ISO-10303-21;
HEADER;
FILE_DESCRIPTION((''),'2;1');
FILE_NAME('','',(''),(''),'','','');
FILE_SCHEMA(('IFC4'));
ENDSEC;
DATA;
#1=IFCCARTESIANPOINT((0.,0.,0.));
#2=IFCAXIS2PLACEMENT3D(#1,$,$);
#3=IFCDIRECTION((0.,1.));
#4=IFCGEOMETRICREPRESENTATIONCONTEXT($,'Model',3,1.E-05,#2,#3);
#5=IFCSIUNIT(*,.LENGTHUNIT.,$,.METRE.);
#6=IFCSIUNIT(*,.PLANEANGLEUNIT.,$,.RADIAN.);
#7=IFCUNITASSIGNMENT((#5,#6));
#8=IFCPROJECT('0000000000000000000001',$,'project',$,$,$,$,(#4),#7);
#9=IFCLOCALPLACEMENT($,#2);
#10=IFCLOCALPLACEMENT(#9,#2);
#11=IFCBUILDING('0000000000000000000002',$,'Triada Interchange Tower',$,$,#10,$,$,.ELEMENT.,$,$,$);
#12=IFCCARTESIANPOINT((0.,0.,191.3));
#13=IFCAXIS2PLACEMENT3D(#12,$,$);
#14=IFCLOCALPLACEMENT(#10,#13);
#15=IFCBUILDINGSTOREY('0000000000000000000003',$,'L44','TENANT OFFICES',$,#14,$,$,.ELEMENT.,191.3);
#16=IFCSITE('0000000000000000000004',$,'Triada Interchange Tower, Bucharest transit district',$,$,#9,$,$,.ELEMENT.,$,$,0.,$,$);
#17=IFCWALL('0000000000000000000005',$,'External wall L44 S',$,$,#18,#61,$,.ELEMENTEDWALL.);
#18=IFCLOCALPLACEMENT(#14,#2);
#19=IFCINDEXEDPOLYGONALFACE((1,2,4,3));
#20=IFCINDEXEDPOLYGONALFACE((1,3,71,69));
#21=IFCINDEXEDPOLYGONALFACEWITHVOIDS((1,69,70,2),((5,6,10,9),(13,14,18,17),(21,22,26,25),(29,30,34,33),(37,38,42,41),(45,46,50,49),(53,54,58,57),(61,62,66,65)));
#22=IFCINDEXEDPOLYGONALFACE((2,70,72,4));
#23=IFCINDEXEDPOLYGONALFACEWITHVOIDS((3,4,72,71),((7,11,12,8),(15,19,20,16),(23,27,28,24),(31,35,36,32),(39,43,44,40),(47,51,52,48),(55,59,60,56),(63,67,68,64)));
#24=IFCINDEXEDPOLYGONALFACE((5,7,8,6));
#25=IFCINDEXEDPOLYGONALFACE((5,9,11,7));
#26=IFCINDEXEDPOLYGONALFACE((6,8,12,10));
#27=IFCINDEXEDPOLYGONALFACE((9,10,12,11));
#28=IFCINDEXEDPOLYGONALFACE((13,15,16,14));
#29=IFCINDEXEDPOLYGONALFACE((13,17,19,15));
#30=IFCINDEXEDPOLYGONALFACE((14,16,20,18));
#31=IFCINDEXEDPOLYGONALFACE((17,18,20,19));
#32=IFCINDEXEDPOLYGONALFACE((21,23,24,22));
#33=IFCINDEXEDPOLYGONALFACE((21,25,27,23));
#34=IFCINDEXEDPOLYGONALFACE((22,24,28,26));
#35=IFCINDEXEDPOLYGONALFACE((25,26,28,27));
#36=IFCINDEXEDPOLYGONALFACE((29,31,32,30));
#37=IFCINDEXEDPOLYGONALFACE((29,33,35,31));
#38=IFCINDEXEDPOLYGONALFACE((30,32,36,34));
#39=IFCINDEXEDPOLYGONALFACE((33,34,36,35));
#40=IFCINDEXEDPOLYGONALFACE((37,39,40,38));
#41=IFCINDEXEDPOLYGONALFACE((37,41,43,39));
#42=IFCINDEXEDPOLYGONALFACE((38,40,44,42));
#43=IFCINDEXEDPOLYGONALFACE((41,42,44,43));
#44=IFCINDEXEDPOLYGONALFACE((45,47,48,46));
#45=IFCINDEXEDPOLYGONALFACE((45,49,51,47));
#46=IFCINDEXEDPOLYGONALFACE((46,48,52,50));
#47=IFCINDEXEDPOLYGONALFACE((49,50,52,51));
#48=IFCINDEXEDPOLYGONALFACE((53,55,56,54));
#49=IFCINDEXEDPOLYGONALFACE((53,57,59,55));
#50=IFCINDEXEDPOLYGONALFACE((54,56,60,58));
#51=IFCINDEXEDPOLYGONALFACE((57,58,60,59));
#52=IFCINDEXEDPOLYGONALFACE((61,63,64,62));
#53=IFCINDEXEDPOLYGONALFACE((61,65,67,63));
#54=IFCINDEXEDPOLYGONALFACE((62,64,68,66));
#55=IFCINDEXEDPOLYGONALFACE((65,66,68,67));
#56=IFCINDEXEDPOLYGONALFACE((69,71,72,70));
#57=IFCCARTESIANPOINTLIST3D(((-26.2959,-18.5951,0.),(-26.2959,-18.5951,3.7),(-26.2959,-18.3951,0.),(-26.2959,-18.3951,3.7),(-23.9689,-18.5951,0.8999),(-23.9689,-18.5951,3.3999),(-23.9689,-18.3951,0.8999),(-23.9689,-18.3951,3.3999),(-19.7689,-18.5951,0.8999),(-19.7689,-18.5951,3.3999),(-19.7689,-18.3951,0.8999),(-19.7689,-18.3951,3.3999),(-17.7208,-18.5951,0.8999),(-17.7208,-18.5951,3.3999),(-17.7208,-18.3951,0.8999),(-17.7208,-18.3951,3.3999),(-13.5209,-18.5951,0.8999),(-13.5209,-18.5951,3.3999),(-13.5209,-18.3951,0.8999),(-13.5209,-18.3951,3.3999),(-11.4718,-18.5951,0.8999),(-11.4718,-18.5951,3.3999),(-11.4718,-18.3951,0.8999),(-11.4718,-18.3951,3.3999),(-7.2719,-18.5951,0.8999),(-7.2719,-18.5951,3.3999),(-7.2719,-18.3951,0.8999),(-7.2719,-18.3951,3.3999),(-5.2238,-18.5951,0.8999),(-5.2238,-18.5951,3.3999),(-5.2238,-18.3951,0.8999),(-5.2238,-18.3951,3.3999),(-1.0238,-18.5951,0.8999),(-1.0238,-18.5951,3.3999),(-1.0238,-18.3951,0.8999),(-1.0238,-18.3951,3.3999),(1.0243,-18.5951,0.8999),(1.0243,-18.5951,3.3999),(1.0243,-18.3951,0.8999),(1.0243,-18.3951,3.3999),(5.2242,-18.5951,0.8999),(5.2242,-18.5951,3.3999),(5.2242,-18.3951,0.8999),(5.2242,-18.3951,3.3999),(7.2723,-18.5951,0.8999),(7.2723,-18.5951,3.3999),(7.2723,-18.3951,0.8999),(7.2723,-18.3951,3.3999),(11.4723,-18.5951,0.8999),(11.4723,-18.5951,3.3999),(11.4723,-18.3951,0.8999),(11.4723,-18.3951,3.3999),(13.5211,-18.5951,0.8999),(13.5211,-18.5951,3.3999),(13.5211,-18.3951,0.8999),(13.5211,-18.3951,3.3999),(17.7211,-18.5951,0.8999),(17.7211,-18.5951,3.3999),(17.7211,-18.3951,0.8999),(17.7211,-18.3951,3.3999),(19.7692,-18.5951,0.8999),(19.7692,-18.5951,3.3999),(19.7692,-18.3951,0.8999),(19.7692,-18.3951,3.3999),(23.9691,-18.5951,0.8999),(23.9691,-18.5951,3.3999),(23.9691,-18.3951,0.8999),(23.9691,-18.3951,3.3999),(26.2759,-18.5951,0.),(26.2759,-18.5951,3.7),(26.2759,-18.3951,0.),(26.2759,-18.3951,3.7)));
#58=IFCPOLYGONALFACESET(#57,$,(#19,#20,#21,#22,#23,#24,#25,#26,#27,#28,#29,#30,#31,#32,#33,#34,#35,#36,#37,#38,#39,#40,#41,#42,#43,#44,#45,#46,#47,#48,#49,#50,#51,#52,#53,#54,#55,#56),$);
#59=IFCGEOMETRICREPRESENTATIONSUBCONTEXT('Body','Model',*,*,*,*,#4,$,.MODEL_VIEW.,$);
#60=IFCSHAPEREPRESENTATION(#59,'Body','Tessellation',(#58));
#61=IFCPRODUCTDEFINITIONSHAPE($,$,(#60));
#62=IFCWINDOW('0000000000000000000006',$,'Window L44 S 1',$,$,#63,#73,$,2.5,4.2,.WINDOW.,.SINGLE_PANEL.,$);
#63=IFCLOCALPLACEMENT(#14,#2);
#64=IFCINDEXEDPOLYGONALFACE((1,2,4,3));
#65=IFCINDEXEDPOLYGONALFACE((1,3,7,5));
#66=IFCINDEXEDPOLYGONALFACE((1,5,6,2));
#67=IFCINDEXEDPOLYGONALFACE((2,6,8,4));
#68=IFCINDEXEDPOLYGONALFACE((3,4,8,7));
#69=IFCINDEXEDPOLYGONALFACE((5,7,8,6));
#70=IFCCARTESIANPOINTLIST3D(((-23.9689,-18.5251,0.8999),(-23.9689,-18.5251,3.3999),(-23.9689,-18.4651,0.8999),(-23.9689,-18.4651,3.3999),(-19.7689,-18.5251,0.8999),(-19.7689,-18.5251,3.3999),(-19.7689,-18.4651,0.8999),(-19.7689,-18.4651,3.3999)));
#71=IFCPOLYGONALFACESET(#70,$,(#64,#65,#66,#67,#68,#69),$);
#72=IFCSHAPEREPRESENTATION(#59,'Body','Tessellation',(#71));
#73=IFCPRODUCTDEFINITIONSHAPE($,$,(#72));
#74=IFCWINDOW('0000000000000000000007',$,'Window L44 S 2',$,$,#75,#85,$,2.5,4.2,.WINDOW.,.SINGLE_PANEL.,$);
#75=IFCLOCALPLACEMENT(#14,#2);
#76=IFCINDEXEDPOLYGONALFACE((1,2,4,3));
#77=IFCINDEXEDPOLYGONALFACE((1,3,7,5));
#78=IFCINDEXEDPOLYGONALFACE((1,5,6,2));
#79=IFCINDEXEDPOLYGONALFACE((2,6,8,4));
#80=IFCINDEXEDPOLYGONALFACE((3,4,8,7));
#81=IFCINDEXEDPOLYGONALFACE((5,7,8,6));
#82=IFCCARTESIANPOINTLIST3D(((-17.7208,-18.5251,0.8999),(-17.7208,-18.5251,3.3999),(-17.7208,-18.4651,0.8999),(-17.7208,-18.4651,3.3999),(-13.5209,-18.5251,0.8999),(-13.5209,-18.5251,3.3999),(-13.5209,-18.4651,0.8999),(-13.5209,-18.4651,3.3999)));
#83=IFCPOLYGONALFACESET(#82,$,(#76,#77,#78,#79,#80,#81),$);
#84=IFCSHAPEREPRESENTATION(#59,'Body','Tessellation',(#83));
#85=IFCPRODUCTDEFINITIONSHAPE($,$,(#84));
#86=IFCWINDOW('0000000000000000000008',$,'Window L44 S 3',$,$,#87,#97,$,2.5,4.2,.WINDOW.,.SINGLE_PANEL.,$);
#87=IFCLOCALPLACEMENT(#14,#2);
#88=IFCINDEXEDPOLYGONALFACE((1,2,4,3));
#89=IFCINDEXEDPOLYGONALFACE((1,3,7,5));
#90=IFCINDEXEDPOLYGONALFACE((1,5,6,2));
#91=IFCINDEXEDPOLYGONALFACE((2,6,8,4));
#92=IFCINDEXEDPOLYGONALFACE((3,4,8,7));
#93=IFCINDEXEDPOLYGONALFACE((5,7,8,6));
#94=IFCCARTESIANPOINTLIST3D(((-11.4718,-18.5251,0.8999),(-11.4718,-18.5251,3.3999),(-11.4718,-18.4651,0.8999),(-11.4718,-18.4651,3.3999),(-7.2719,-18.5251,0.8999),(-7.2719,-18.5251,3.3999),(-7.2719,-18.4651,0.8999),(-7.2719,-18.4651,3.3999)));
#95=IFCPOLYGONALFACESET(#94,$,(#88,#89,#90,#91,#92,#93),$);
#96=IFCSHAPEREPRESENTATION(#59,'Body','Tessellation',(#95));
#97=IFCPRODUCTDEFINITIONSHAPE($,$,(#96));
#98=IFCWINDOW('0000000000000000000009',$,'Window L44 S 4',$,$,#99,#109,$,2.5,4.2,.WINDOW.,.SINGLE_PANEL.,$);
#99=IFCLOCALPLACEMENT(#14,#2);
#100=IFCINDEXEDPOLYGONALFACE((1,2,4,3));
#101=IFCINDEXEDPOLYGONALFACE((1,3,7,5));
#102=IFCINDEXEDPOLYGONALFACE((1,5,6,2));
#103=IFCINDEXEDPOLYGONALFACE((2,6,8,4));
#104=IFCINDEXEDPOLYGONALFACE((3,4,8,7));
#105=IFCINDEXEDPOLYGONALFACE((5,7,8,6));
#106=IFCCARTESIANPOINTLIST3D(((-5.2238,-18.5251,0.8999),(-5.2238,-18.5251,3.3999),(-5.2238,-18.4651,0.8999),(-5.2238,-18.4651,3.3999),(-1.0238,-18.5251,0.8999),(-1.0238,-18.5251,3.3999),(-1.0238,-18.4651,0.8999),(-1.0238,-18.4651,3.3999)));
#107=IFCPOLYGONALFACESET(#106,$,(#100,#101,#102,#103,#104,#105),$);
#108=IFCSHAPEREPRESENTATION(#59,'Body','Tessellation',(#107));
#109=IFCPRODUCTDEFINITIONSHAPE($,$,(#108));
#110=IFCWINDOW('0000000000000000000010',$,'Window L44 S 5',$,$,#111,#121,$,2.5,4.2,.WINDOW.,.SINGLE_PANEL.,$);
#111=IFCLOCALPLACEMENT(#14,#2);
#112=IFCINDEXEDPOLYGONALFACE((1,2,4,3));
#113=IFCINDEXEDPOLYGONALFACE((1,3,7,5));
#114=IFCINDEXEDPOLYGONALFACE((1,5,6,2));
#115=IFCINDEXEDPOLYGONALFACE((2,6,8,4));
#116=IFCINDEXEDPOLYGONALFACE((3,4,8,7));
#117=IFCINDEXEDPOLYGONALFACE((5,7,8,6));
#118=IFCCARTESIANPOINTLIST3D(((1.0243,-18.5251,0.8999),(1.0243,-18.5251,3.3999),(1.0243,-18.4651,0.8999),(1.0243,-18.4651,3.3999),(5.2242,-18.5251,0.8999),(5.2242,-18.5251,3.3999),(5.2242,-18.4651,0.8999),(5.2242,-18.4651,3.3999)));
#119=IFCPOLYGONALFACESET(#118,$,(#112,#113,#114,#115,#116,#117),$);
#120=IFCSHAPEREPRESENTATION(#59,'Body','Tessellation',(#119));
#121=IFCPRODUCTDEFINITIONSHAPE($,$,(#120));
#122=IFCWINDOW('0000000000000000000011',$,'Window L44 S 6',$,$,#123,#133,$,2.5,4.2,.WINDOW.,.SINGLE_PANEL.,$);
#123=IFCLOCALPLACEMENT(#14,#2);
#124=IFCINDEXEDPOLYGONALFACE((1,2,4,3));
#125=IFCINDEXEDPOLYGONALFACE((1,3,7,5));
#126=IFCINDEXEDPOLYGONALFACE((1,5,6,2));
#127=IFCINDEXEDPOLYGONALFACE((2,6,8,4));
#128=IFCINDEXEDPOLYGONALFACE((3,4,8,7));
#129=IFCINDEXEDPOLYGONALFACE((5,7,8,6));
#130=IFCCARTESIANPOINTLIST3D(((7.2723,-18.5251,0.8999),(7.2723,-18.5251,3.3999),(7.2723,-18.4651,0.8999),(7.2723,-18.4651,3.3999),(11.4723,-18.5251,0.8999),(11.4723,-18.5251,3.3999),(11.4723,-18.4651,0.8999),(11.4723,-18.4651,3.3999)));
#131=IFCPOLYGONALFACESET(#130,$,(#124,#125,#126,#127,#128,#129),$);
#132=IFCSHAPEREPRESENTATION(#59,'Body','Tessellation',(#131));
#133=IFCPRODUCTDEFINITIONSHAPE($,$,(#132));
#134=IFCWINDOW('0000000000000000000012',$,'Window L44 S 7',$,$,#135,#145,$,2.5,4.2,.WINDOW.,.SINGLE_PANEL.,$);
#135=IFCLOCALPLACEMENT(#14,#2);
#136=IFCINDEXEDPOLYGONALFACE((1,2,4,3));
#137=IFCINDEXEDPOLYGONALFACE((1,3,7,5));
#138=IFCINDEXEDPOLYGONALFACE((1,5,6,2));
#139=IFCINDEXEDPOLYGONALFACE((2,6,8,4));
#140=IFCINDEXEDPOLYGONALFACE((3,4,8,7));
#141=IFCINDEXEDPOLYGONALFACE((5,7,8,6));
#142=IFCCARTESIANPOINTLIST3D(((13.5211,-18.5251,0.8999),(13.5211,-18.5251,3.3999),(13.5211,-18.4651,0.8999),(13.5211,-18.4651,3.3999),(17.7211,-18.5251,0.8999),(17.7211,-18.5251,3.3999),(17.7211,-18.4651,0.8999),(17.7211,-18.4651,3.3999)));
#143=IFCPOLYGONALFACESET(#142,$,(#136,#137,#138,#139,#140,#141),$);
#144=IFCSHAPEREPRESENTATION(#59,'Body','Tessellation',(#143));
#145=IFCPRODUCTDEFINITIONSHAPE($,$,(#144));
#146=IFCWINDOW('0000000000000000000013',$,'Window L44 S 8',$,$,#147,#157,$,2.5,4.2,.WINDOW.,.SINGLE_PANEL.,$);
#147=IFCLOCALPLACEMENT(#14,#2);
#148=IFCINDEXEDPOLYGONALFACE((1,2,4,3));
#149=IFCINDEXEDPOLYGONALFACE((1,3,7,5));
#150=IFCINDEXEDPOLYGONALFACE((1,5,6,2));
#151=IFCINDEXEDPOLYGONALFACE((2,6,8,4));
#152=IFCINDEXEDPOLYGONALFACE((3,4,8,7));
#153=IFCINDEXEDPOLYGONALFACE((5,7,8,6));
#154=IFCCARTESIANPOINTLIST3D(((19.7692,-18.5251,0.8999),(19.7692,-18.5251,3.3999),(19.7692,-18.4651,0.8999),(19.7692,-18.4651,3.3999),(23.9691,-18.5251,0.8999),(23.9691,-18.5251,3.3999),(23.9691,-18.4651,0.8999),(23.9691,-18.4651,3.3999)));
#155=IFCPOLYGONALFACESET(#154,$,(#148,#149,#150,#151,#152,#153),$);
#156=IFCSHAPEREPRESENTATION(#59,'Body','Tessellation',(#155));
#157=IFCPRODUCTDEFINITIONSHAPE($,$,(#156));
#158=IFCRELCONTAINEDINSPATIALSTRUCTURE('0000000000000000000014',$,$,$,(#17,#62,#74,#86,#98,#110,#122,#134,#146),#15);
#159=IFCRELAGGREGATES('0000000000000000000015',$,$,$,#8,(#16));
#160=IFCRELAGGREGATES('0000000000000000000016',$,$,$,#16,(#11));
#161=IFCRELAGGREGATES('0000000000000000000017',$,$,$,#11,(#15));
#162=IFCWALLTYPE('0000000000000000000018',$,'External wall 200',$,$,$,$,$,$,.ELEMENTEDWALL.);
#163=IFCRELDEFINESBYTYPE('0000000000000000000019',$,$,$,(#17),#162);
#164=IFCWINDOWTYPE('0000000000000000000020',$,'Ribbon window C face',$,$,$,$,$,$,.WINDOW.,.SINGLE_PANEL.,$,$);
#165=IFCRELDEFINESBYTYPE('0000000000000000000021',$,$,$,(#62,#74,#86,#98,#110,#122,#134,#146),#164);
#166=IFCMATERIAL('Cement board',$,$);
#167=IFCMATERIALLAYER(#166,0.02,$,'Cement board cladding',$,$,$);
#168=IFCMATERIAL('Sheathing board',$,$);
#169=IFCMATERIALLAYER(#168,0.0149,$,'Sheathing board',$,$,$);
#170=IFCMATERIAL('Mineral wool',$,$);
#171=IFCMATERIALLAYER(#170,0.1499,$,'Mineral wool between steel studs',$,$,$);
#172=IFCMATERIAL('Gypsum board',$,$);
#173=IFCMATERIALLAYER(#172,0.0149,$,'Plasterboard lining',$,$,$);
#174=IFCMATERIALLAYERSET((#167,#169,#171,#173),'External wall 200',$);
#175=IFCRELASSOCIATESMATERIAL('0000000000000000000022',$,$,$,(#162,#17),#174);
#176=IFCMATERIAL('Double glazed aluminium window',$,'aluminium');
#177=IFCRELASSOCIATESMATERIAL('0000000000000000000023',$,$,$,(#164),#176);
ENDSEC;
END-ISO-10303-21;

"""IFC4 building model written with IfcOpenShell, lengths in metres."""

from ifc_helpers import new_model, si_unit, direction, frame, frame_2d, origin, place, context, subcontext, project, spatial, rectangle, extrude, material, layer, layer_set, layer_usage, type_object, element, fill, save


model = new_model("IFC4")

# Units and contexts
model_context = context("Model", 3, precision=1e-05, world=origin(), true_north=direction((0.0, 1.0)))
body_context = subcontext(model_context, "Body", "Model", "MODEL_VIEW")
ifc_project = project(units=[si_unit("LENGTHUNIT", "METRE"), si_unit("PLANEANGLEUNIT", "RADIAN")], contexts=[model_context])

# Site, building, storey
site_placement = place(None, origin())
site = spatial("IfcSite", under=ifc_project, at=site_placement, Name="Triada Interchange Tower, Bucharest transit district", CompositionType="ELEMENT", RefElevation=0.0)
building_placement = place(site_placement, origin())
building = spatial("IfcBuilding", under=site, at=building_placement, Name="Triada Interchange Tower", CompositionType="ELEMENT")
storey_placement = place(building_placement, frame((0.0, 0.0, 191.3)))
storey = spatial("IfcBuildingStorey", under=building, at=storey_placement, Name="L44", Description="TENANT OFFICES", CompositionType="ELEMENT", Elevation=191.3)

# Shared definitions
ifc_material_1 = material(Name="Cement board")
ifc_layer_1 = layer(ifc_material_1, 0.02, Name="Cement board cladding")
ifc_material_2 = material(Name="Sheathing board")
ifc_layer_2 = layer(ifc_material_2, 0.0149, Name="Sheathing board")
ifc_material_3 = material(Name="Mineral wool")
ifc_layer_3 = layer(ifc_material_3, 0.1499, Name="Mineral wool between steel studs")
ifc_material_4 = material(Name="Gypsum board")
ifc_layer_4 = layer(ifc_material_4, 0.0149, Name="Plasterboard lining")
ifc_layer_set_1 = layer_set([ifc_layer_1, ifc_layer_2, ifc_layer_3, ifc_layer_4], Name="External wall 200")
ifc_layer_usage = layer_usage(ifc_layer_set_1, "AXIS2", "POSITIVE", -0.1001)
wall_type_1 = type_object("IfcWallType", Name="External wall 200", PredefinedType="ELEMENTEDWALL", material=ifc_layer_set_1)
ifc_material_5 = material(Name="Double glazed aluminium window", Category="aluminium")

# Wall, openings, windows
wall_1_placement = place(storey_placement, frame((-26.2959, -18.4951, 0.0), z_axis=(0.0, 0.0, 1.0), x_axis=(1.0, 0.0, 0.0)))
wall_1 = element("IfcWall", 1, at=wall_1_placement, inside=storey, type_object=wall_type_1, material=ifc_layer_usage, Name="External wall L44 S", PredefinedType="ELEMENTEDWALL", context=body_context, shape_type="SweptSolid", body=[
    extrude(rectangle(XDim=52.5718, YDim=0.2, at=frame_2d((26.2859, 0.0))), origin(), (0.0, 0.0, 1.0), 3.7),
])
opening_1_placement = place(wall_1_placement, frame((2.3269, 0.0, 0.8999)))
opening_1 = element("IfcOpeningElement", 2, at=opening_1_placement, cuts=wall_1, PredefinedType="OPENING", context=body_context, shape_type="SweptSolid", body=[
    extrude(rectangle(XDim=4.2, YDim=2.5, at=frame_2d((2.1001, 1.25))), frame((0.0, 0.1099, 0.0), z_axis=(0.0, -1.0, 0.0), x_axis=(1.0, 0.0, 0.0)), (0.0, 0.0, 1.0), 0.22),
])
opening_2_placement = place(wall_1_placement, frame((8.575, 0.0, 0.8999)))
opening_2 = element("IfcOpeningElement", 3, at=opening_2_placement, cuts=wall_1, PredefinedType="OPENING", context=body_context, shape_type="SweptSolid", body=[
    extrude(rectangle(XDim=4.2, YDim=2.5, at=frame_2d((2.1001, 1.25))), frame((0.0, 0.1099, 0.0), z_axis=(0.0, -1.0, 0.0), x_axis=(1.0, 0.0, 0.0)), (0.0, 0.0, 1.0), 0.22),
])
opening_3_placement = place(wall_1_placement, frame((14.824, 0.0, 0.8999)))
opening_3 = element("IfcOpeningElement", 4, at=opening_3_placement, cuts=wall_1, PredefinedType="OPENING", context=body_context, shape_type="SweptSolid", body=[
    extrude(rectangle(XDim=4.2, YDim=2.5, at=frame_2d((2.1001, 1.25))), frame((0.0, 0.1099, 0.0), z_axis=(0.0, -1.0, 0.0), x_axis=(1.0, 0.0, 0.0)), (0.0, 0.0, 1.0), 0.22),
])
opening_4_placement = place(wall_1_placement, frame((21.072, 0.0, 0.8999)))
opening_4 = element("IfcOpeningElement", 5, at=opening_4_placement, cuts=wall_1, PredefinedType="OPENING", context=body_context, shape_type="SweptSolid", body=[
    extrude(rectangle(XDim=4.2, YDim=2.5, at=frame_2d((2.1001, 1.25))), frame((0.0, 0.1099, 0.0), z_axis=(0.0, -1.0, 0.0), x_axis=(1.0, 0.0, 0.0)), (0.0, 0.0, 1.0), 0.22),
])
opening_5_placement = place(wall_1_placement, frame((27.3201, 0.0, 0.8999)))
opening_5 = element("IfcOpeningElement", 6, at=opening_5_placement, cuts=wall_1, PredefinedType="OPENING", context=body_context, shape_type="SweptSolid", body=[
    extrude(rectangle(XDim=4.2, YDim=2.5, at=frame_2d((2.1001, 1.25))), frame((0.0, 0.1099, 0.0), z_axis=(0.0, -1.0, 0.0), x_axis=(1.0, 0.0, 0.0)), (0.0, 0.0, 1.0), 0.22),
])
opening_6_placement = place(wall_1_placement, frame((33.5681, 0.0, 0.8999)))
opening_6 = element("IfcOpeningElement", 7, at=opening_6_placement, cuts=wall_1, PredefinedType="OPENING", context=body_context, shape_type="SweptSolid", body=[
    extrude(rectangle(XDim=4.2, YDim=2.5, at=frame_2d((2.1001, 1.25))), frame((0.0, 0.1099, 0.0), z_axis=(0.0, -1.0, 0.0), x_axis=(1.0, 0.0, 0.0)), (0.0, 0.0, 1.0), 0.22),
])
opening_7_placement = place(wall_1_placement, frame((39.8169, 0.0, 0.8999)))
opening_7 = element("IfcOpeningElement", 8, at=opening_7_placement, cuts=wall_1, PredefinedType="OPENING", context=body_context, shape_type="SweptSolid", body=[
    extrude(rectangle(XDim=4.2, YDim=2.5, at=frame_2d((2.1001, 1.25))), frame((0.0, 0.1099, 0.0), z_axis=(0.0, -1.0, 0.0), x_axis=(1.0, 0.0, 0.0)), (0.0, 0.0, 1.0), 0.22),
])
opening_8_placement = place(wall_1_placement, frame((46.0649, 0.0, 0.8999)))
opening_8 = element("IfcOpeningElement", 9, at=opening_8_placement, cuts=wall_1, PredefinedType="OPENING", context=body_context, shape_type="SweptSolid", body=[
    extrude(rectangle(XDim=4.2, YDim=2.5, at=frame_2d((2.1001, 1.25))), frame((0.0, 0.1099, 0.0), z_axis=(0.0, -1.0, 0.0), x_axis=(1.0, 0.0, 0.0)), (0.0, 0.0, 1.0), 0.22),
])
window_type_1 = type_object("IfcWindowType", Name="Ribbon window C face", PartitioningType="SINGLE_PANEL", PredefinedType="WINDOW", material=ifc_material_5)
window_1_placement = place(opening_1_placement, origin())
window_1 = element("IfcWindow", 10, at=window_1_placement, inside=storey, type_object=window_type_1, Name="Window L44 S 1", OverallHeight=2.5, OverallWidth=4.2, PartitioningType="SINGLE_PANEL", PredefinedType="WINDOW", context=body_context, shape_type="SweptSolid", body=[
    extrude(rectangle(XDim=4.2, YDim=2.5, at=frame_2d((2.1001, 1.25))), frame((0.0, 0.03, 0.0), z_axis=(0.0, -1.0, 0.0), x_axis=(1.0, 0.0, 0.0)), (0.0, 0.0, 1.0), 0.0601),
])
fill(opening_1, window_1)
window_2_placement = place(opening_2_placement, origin())
window_2 = element("IfcWindow", 11, at=window_2_placement, inside=storey, type_object=window_type_1, Name="Window L44 S 2", OverallHeight=2.5, OverallWidth=4.2, PartitioningType="SINGLE_PANEL", PredefinedType="WINDOW", context=body_context, shape_type="SweptSolid", body=[
    extrude(rectangle(XDim=4.2, YDim=2.5, at=frame_2d((2.1001, 1.25))), frame((0.0, 0.03, 0.0), z_axis=(0.0, -1.0, 0.0), x_axis=(1.0, 0.0, 0.0)), (0.0, 0.0, 1.0), 0.0601),
])
fill(opening_2, window_2)
window_3_placement = place(opening_3_placement, origin())
window_3 = element("IfcWindow", 12, at=window_3_placement, inside=storey, type_object=window_type_1, Name="Window L44 S 3", OverallHeight=2.5, OverallWidth=4.2, PartitioningType="SINGLE_PANEL", PredefinedType="WINDOW", context=body_context, shape_type="SweptSolid", body=[
    extrude(rectangle(XDim=4.2, YDim=2.5, at=frame_2d((2.1001, 1.25))), frame((0.0, 0.03, 0.0), z_axis=(0.0, -1.0, 0.0), x_axis=(1.0, 0.0, 0.0)), (0.0, 0.0, 1.0), 0.0601),
])
fill(opening_3, window_3)
window_4_placement = place(opening_4_placement, origin())
window_4 = element("IfcWindow", 13, at=window_4_placement, inside=storey, type_object=window_type_1, Name="Window L44 S 4", OverallHeight=2.5, OverallWidth=4.2, PartitioningType="SINGLE_PANEL", PredefinedType="WINDOW", context=body_context, shape_type="SweptSolid", body=[
    extrude(rectangle(XDim=4.2, YDim=2.5, at=frame_2d((2.1001, 1.25))), frame((0.0, 0.03, 0.0), z_axis=(0.0, -1.0, 0.0), x_axis=(1.0, 0.0, 0.0)), (0.0, 0.0, 1.0), 0.0601),
])
fill(opening_4, window_4)
window_5_placement = place(opening_5_placement, origin())
window_5 = element("IfcWindow", 14, at=window_5_placement, inside=storey, type_object=window_type_1, Name="Window L44 S 5", OverallHeight=2.5, OverallWidth=4.2, PartitioningType="SINGLE_PANEL", PredefinedType="WINDOW", context=body_context, shape_type="SweptSolid", body=[
    extrude(rectangle(XDim=4.2, YDim=2.5, at=frame_2d((2.1001, 1.25))), frame((0.0, 0.03, 0.0), z_axis=(0.0, -1.0, 0.0), x_axis=(1.0, 0.0, 0.0)), (0.0, 0.0, 1.0), 0.0601),
])
fill(opening_5, window_5)
window_6_placement = place(opening_6_placement, origin())
window_6 = element("IfcWindow", 15, at=window_6_placement, inside=storey, type_object=window_type_1, Name="Window L44 S 6", OverallHeight=2.5, OverallWidth=4.2, PartitioningType="SINGLE_PANEL", PredefinedType="WINDOW", context=body_context, shape_type="SweptSolid", body=[
    extrude(rectangle(XDim=4.2, YDim=2.5, at=frame_2d((2.1001, 1.25))), frame((0.0, 0.03, 0.0), z_axis=(0.0, -1.0, 0.0), x_axis=(1.0, 0.0, 0.0)), (0.0, 0.0, 1.0), 0.0601),
])
fill(opening_6, window_6)
window_7_placement = place(opening_7_placement, origin())
window_7 = element("IfcWindow", 16, at=window_7_placement, inside=storey, type_object=window_type_1, Name="Window L44 S 7", OverallHeight=2.5, OverallWidth=4.2, PartitioningType="SINGLE_PANEL", PredefinedType="WINDOW", context=body_context, shape_type="SweptSolid", body=[
    extrude(rectangle(XDim=4.2, YDim=2.5, at=frame_2d((2.1001, 1.25))), frame((0.0, 0.03, 0.0), z_axis=(0.0, -1.0, 0.0), x_axis=(1.0, 0.0, 0.0)), (0.0, 0.0, 1.0), 0.0601),
])
fill(opening_7, window_7)
window_8_placement = place(opening_8_placement, origin())
window_8 = element("IfcWindow", 17, at=window_8_placement, inside=storey, type_object=window_type_1, Name="Window L44 S 8", OverallHeight=2.5, OverallWidth=4.2, PartitioningType="SINGLE_PANEL", PredefinedType="WINDOW", context=body_context, shape_type="SweptSolid", body=[
    extrude(rectangle(XDim=4.2, YDim=2.5, at=frame_2d((2.1001, 1.25))), frame((0.0, 0.03, 0.0), z_axis=(0.0, -1.0, 0.0), x_axis=(1.0, 0.0, 0.0)), (0.0, 0.0, 1.0), 0.0601),
])
fill(opening_8, window_8)

save(model, "model.ifc")
